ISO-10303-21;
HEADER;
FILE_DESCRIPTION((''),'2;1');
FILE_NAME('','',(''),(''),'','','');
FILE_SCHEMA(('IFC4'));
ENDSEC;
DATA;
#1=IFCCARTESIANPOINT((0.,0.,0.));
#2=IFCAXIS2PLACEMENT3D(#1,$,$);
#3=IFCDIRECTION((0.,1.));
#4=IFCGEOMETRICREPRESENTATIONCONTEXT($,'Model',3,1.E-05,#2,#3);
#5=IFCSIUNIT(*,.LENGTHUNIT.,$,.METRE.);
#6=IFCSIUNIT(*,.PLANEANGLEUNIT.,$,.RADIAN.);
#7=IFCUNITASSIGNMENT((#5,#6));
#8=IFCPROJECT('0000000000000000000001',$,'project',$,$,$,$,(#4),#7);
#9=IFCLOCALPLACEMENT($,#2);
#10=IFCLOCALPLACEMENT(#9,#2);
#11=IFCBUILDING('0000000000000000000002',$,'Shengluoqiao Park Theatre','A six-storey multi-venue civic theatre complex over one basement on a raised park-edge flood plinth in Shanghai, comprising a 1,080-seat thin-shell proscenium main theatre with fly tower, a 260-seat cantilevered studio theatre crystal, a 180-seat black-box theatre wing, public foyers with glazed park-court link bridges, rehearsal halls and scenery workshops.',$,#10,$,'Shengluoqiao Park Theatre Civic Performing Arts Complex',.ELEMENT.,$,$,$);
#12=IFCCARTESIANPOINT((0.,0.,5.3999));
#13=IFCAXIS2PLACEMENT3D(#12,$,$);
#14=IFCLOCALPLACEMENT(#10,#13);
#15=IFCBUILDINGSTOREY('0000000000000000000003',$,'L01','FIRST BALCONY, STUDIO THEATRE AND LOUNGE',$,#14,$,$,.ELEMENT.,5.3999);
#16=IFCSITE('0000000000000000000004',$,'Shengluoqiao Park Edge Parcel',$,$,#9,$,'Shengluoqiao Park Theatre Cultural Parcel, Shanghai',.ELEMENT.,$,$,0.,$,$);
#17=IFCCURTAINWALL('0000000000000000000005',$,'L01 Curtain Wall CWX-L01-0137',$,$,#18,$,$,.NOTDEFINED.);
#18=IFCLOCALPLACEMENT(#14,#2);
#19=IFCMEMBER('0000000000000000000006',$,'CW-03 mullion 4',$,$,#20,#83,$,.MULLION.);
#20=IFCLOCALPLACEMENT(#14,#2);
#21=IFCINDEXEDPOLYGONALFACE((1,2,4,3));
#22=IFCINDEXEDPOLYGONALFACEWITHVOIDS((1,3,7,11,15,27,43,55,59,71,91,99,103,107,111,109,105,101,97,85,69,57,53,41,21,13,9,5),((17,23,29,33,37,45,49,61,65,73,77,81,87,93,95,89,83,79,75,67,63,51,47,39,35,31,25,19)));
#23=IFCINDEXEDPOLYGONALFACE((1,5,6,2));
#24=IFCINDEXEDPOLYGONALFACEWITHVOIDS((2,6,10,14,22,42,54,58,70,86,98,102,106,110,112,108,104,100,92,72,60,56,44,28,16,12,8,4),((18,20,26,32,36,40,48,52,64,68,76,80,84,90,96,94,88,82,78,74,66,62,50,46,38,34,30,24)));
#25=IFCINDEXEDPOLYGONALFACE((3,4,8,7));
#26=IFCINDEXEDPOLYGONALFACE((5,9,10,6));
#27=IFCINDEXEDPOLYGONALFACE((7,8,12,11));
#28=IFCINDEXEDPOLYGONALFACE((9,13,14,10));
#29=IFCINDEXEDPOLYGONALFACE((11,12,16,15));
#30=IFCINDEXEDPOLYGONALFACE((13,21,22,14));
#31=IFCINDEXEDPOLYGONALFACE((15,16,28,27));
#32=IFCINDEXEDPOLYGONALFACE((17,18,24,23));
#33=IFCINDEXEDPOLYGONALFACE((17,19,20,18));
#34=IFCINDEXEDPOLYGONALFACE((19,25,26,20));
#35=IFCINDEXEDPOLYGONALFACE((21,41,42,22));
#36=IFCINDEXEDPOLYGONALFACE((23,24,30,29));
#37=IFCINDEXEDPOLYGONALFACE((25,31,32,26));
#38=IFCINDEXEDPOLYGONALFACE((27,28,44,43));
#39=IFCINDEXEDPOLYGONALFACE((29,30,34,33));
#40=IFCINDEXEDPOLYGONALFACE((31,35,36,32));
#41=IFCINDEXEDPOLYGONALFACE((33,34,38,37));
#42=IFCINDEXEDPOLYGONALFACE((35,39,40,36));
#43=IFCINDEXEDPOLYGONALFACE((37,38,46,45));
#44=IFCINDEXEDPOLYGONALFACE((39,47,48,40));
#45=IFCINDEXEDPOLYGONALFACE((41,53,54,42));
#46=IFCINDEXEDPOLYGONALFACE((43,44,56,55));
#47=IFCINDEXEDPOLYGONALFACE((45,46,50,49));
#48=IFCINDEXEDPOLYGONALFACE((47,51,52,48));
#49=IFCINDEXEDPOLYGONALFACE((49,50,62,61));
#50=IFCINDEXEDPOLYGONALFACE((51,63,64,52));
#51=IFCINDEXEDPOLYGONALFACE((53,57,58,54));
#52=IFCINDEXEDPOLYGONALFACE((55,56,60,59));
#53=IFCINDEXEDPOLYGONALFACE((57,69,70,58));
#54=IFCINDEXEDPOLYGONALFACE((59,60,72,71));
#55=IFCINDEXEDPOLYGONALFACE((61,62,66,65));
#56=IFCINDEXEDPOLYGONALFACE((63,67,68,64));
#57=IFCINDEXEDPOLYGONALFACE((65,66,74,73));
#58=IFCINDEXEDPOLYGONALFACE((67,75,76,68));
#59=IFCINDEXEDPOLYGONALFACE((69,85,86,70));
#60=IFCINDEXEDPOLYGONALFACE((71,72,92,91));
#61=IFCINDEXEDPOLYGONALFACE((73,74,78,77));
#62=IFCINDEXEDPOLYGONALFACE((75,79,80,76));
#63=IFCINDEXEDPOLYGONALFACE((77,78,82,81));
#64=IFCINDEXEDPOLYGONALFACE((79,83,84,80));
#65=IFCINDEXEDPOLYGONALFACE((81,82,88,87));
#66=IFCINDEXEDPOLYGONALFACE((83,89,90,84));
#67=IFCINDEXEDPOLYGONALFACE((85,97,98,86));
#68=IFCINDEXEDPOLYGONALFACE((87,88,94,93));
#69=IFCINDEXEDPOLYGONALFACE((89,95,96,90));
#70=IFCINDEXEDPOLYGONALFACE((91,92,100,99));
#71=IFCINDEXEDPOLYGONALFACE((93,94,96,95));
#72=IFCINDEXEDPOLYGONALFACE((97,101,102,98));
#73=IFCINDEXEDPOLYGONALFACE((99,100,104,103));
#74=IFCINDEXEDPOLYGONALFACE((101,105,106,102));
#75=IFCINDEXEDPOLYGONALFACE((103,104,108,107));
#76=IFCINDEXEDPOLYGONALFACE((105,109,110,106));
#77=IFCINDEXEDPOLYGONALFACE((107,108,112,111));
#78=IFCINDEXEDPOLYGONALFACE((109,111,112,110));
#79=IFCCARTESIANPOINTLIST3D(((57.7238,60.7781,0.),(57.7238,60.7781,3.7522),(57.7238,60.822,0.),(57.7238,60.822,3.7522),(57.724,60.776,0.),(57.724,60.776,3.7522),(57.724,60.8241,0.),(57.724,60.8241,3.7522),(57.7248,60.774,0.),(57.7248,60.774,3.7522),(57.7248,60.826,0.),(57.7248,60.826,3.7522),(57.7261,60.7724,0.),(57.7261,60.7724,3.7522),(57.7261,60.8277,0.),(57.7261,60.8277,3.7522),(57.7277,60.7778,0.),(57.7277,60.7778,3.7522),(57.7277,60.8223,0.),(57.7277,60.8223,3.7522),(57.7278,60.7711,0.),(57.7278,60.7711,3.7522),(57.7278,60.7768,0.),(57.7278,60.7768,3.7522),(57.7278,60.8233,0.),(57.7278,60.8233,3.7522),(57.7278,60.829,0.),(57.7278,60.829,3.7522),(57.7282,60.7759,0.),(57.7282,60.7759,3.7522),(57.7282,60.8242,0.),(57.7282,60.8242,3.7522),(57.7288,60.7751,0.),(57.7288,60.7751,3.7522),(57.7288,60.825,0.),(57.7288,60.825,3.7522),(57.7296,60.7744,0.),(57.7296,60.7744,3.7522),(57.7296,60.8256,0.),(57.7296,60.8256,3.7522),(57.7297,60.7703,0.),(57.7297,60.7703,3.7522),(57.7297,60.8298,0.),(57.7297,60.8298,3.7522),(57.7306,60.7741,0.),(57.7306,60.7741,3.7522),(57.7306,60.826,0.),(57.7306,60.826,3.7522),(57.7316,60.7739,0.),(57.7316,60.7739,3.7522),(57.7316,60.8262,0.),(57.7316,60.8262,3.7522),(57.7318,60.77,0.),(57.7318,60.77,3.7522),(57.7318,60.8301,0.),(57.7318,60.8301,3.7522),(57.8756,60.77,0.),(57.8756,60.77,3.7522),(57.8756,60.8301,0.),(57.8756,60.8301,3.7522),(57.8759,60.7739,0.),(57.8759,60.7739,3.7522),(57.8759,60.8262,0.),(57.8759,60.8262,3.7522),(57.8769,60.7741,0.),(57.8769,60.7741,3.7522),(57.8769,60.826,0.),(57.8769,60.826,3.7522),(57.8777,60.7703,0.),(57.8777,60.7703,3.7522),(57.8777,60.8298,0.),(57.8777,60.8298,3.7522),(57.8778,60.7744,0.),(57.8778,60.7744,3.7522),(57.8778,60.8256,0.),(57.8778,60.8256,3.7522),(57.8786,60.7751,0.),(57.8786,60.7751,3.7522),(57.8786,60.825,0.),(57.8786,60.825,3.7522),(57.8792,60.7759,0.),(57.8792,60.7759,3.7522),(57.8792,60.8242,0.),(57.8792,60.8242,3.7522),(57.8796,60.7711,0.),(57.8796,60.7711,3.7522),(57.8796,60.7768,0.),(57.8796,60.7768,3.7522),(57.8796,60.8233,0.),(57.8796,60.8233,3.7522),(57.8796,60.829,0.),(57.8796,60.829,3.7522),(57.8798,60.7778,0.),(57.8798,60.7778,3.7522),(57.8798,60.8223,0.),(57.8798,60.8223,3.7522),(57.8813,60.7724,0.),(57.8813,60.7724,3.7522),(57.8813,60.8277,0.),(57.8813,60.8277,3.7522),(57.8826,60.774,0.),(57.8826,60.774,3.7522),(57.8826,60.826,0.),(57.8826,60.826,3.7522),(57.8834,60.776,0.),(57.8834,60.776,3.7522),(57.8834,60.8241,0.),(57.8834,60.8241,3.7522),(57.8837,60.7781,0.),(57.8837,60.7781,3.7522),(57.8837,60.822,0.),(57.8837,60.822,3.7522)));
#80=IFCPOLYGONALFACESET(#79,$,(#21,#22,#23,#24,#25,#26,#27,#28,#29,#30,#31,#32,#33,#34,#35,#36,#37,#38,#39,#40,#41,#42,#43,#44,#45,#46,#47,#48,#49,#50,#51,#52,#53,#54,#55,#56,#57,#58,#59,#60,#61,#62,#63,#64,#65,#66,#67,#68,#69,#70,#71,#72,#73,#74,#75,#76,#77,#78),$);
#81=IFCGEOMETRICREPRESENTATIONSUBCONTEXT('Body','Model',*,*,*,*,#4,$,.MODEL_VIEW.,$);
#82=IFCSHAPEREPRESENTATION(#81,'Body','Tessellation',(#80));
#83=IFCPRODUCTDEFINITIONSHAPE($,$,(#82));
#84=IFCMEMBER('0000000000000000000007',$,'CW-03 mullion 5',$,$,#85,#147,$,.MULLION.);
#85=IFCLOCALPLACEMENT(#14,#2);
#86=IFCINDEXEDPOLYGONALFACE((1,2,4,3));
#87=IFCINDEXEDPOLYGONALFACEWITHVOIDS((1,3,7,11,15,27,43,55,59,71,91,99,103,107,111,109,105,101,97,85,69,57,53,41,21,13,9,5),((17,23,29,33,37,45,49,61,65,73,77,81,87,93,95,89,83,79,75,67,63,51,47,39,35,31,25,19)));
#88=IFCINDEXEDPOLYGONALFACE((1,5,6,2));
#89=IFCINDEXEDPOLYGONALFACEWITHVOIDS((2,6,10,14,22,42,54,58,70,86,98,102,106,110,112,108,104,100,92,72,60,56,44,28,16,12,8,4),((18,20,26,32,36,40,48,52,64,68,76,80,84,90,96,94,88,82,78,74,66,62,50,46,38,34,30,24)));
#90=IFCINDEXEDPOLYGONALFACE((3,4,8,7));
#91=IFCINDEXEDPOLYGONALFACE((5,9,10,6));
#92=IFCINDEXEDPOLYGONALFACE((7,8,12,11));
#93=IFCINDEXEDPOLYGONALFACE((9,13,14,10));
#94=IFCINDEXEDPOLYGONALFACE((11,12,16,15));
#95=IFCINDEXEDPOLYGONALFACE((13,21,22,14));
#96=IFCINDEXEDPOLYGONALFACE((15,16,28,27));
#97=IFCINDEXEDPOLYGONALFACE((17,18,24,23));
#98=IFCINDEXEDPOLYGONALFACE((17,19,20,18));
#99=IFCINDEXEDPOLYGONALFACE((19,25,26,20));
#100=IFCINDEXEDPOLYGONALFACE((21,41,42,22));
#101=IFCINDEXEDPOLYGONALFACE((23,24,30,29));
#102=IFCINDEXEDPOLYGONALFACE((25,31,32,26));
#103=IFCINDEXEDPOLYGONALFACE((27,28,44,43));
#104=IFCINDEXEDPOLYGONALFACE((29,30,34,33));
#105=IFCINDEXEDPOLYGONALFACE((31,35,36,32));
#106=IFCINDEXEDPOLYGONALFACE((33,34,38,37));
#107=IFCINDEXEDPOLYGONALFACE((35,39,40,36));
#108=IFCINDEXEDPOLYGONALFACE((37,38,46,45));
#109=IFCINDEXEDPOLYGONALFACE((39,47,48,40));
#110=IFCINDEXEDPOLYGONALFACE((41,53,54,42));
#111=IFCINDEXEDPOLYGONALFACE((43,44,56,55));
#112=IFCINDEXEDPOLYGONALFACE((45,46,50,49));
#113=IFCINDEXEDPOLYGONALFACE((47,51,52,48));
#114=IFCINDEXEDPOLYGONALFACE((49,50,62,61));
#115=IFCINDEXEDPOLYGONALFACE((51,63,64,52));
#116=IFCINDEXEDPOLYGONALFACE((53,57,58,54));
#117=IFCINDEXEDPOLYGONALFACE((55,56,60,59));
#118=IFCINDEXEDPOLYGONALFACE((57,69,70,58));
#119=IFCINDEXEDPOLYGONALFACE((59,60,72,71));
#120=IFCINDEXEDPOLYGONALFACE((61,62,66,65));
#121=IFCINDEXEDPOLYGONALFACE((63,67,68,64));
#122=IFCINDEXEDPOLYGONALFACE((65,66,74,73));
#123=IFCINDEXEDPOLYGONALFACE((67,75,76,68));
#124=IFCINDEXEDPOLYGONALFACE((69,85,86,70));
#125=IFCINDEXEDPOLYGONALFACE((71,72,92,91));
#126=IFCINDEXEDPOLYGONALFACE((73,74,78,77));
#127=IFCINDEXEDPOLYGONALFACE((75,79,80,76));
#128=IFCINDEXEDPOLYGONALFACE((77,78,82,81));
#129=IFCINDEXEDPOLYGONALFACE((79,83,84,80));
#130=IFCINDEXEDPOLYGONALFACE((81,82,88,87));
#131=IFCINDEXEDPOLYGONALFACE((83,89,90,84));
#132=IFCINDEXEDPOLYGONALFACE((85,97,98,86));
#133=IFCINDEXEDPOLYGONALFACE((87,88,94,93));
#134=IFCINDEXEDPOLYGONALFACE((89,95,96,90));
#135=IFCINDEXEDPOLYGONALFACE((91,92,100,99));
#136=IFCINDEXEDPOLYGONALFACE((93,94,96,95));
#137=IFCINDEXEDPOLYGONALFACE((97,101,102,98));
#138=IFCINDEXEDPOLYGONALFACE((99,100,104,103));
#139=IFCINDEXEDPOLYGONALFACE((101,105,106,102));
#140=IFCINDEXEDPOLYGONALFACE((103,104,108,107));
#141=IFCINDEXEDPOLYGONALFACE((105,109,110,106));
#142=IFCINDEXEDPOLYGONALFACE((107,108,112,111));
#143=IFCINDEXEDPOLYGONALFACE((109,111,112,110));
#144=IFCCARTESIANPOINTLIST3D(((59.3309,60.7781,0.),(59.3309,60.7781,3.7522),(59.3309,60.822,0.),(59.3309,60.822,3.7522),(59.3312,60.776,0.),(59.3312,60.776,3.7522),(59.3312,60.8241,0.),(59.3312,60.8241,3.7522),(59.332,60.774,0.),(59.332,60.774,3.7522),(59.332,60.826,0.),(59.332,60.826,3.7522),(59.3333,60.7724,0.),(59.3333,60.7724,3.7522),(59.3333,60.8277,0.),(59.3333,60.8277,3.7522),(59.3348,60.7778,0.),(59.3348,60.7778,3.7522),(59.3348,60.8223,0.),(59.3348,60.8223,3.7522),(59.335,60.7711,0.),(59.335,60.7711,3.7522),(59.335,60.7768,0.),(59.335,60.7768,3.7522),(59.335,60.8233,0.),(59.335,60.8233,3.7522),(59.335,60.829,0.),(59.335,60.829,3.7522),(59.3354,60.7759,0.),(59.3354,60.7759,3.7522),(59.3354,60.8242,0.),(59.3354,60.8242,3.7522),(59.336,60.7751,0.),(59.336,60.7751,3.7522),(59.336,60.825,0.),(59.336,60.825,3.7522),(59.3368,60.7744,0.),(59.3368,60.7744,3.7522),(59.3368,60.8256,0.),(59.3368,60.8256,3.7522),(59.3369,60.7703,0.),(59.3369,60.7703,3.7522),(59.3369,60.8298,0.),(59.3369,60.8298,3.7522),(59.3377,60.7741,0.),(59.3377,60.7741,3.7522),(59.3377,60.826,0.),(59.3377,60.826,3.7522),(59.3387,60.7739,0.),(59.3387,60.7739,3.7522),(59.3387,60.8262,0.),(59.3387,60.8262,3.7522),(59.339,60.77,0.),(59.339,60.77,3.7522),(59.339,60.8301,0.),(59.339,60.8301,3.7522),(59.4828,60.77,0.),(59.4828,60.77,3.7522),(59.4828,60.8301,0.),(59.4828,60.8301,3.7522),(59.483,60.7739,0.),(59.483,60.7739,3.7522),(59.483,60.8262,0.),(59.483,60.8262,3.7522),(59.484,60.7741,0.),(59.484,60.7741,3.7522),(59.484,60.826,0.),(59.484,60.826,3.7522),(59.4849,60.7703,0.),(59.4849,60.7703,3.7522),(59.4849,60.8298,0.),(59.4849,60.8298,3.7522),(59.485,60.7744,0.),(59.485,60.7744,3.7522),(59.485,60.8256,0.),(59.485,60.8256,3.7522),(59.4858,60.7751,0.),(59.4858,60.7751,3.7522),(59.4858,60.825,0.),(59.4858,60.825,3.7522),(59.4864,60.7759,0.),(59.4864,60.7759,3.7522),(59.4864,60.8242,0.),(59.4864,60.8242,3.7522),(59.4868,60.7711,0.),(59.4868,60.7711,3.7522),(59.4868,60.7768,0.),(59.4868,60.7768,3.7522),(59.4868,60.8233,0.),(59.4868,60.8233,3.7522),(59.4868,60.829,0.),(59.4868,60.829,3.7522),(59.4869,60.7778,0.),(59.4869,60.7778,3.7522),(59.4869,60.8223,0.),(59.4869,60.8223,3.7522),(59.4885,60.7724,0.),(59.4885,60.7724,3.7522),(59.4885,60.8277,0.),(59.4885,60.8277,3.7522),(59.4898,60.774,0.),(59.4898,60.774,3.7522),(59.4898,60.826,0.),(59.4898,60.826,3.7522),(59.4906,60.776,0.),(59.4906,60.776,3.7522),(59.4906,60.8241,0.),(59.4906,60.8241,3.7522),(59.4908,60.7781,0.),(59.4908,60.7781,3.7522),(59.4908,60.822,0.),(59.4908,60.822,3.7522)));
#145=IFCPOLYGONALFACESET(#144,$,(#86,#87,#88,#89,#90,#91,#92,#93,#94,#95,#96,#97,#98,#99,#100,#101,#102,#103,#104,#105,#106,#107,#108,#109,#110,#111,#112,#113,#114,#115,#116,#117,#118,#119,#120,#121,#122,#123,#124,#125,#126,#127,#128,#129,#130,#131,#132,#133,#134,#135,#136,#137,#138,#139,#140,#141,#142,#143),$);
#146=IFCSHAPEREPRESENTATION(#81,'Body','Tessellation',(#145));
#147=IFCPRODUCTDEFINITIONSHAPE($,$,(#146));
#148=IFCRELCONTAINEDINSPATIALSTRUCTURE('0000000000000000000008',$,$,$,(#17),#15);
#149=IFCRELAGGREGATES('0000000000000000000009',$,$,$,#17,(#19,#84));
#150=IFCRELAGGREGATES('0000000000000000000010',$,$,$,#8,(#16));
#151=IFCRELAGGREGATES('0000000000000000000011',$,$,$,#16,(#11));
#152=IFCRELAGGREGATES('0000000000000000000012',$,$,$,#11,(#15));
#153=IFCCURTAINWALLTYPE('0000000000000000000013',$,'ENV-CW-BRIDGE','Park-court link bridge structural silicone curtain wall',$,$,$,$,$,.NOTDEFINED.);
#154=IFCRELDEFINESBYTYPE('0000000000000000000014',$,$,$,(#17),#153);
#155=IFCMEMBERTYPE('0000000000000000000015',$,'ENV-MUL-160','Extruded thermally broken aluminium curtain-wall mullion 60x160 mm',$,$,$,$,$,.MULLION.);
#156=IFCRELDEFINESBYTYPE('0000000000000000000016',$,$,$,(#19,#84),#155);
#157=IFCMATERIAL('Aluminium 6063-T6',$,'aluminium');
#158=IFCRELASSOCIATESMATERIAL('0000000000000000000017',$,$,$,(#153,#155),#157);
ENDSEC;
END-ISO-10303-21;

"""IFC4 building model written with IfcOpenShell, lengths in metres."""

from ifc_helpers import new_model, si_unit, direction, frame, origin, origin_2d, place, context, subcontext, project, spatial, hollow_rectangle, extrude, material, material_profile, profile_set, type_object, element, aggregate, save


model = new_model("IFC4")

# Units and contexts
model_context = context("Model", 3, precision=1e-05, world=origin(), true_north=direction((0.0, 1.0)))
body_context = subcontext(model_context, "Body", "Model", "MODEL_VIEW")
ifc_project = project(units=[si_unit("LENGTHUNIT", "METRE"), si_unit("PLANEANGLEUNIT", "RADIAN")], contexts=[model_context])

# Site, building, storey
site_placement = place(None, origin())
site = spatial("IfcSite", under=ifc_project, at=site_placement, Name="Shengluoqiao Park Edge Parcel", LongName="Shengluoqiao Park Theatre Cultural Parcel, Shanghai", CompositionType="ELEMENT", RefElevation=0.0)
building_placement = place(site_placement, origin())
building = spatial("IfcBuilding", under=site, at=building_placement, Name="Shengluoqiao Park Theatre", Description="A six-storey multi-venue civic theatre complex over one basement on a raised park-edge flood plinth in Shanghai, comprising a 1,080-seat thin-shell proscenium main theatre with fly tower, a 260-seat cantilevered studio theatre crystal, a 180-seat black-box theatre wing, public foyers with glazed park-court link bridges, rehearsal halls and scenery workshops.", LongName="Shengluoqiao Park Theatre Civic Performing Arts Complex", CompositionType="ELEMENT")
storey_placement = place(building_placement, frame((0.0, 0.0, 5.3999)))
storey = spatial("IfcBuildingStorey", under=building, at=storey_placement, Name="L01", Description="FIRST BALCONY, STUDIO THEATRE AND LOUNGE", CompositionType="ELEMENT", Elevation=5.3999)

# Curtain wall, members
ifc_material_1 = material(Name="Aluminium 6063-T6", Category="aluminium")
curtain_wall_type_1 = type_object("IfcCurtainWallType", Name="ENV-CW-BRIDGE", Description="Park-court link bridge structural silicone curtain wall", PredefinedType="NOTDEFINED", material=ifc_material_1)
curtain_wall_1_placement = place(storey_placement, origin())
curtain_wall_1 = element("IfcCurtainWall", 1, at=curtain_wall_1_placement, inside=storey, type_object=curtain_wall_type_1, Name="L01 Curtain Wall CWX-L01-0137", PredefinedType="NOTDEFINED")
ifc_material_profile_1 = material_profile(ifc_material_1, hollow_rectangle(XDim=0.0601, YDim=0.1599, WallThickness=0.0039, InnerFilletRadius=0.0039, OuterFilletRadius=0.0081, at=origin_2d()), Name="ALU MULLION 160x60x4")
ifc_profile_set_1 = profile_set([ifc_material_profile_1], Name="Aluminium 6063-T6")
member_type_1 = type_object("IfcMemberType", Name="ENV-MUL-160", Description="Extruded thermally broken aluminium curtain-wall mullion 60x160 mm", PredefinedType="MULLION", material=ifc_profile_set_1)
member_1_placement = place(storey_placement, frame((57.8037, 60.8, 0.0), z_axis=(0.0, 0.0, 1.0), x_axis=(0.0, 1.0, 0.0)))
member_1 = element("IfcMember", 2, at=member_1_placement, type_object=member_type_1, Name="CW-03 mullion 4", PredefinedType="MULLION", context=body_context, shape_type="SweptSolid", body=[
    extrude(hollow_rectangle(XDim=0.0601, YDim=0.1599, WallThickness=0.0039, InnerFilletRadius=0.0039, OuterFilletRadius=0.0081, at=origin_2d()), origin(), (0.0, 0.0, 1.0), 3.7522),
])
member_2_placement = place(storey_placement, frame((59.4109, 60.8, 0.0), z_axis=(0.0, 0.0, 1.0), x_axis=(0.0, 1.0, 0.0)))
member_2 = element("IfcMember", 3, at=member_2_placement, type_object=member_type_1, Name="CW-03 mullion 5", PredefinedType="MULLION", context=body_context, shape_type="SweptSolid", body=[
    extrude(hollow_rectangle(XDim=0.0601, YDim=0.1599, WallThickness=0.0039, InnerFilletRadius=0.0039, OuterFilletRadius=0.0081, at=origin_2d()), origin(), (0.0, 0.0, 1.0), 3.7522),
])

aggregate(curtain_wall_1, [member_1, member_2])

save(model, "model.ifc")
